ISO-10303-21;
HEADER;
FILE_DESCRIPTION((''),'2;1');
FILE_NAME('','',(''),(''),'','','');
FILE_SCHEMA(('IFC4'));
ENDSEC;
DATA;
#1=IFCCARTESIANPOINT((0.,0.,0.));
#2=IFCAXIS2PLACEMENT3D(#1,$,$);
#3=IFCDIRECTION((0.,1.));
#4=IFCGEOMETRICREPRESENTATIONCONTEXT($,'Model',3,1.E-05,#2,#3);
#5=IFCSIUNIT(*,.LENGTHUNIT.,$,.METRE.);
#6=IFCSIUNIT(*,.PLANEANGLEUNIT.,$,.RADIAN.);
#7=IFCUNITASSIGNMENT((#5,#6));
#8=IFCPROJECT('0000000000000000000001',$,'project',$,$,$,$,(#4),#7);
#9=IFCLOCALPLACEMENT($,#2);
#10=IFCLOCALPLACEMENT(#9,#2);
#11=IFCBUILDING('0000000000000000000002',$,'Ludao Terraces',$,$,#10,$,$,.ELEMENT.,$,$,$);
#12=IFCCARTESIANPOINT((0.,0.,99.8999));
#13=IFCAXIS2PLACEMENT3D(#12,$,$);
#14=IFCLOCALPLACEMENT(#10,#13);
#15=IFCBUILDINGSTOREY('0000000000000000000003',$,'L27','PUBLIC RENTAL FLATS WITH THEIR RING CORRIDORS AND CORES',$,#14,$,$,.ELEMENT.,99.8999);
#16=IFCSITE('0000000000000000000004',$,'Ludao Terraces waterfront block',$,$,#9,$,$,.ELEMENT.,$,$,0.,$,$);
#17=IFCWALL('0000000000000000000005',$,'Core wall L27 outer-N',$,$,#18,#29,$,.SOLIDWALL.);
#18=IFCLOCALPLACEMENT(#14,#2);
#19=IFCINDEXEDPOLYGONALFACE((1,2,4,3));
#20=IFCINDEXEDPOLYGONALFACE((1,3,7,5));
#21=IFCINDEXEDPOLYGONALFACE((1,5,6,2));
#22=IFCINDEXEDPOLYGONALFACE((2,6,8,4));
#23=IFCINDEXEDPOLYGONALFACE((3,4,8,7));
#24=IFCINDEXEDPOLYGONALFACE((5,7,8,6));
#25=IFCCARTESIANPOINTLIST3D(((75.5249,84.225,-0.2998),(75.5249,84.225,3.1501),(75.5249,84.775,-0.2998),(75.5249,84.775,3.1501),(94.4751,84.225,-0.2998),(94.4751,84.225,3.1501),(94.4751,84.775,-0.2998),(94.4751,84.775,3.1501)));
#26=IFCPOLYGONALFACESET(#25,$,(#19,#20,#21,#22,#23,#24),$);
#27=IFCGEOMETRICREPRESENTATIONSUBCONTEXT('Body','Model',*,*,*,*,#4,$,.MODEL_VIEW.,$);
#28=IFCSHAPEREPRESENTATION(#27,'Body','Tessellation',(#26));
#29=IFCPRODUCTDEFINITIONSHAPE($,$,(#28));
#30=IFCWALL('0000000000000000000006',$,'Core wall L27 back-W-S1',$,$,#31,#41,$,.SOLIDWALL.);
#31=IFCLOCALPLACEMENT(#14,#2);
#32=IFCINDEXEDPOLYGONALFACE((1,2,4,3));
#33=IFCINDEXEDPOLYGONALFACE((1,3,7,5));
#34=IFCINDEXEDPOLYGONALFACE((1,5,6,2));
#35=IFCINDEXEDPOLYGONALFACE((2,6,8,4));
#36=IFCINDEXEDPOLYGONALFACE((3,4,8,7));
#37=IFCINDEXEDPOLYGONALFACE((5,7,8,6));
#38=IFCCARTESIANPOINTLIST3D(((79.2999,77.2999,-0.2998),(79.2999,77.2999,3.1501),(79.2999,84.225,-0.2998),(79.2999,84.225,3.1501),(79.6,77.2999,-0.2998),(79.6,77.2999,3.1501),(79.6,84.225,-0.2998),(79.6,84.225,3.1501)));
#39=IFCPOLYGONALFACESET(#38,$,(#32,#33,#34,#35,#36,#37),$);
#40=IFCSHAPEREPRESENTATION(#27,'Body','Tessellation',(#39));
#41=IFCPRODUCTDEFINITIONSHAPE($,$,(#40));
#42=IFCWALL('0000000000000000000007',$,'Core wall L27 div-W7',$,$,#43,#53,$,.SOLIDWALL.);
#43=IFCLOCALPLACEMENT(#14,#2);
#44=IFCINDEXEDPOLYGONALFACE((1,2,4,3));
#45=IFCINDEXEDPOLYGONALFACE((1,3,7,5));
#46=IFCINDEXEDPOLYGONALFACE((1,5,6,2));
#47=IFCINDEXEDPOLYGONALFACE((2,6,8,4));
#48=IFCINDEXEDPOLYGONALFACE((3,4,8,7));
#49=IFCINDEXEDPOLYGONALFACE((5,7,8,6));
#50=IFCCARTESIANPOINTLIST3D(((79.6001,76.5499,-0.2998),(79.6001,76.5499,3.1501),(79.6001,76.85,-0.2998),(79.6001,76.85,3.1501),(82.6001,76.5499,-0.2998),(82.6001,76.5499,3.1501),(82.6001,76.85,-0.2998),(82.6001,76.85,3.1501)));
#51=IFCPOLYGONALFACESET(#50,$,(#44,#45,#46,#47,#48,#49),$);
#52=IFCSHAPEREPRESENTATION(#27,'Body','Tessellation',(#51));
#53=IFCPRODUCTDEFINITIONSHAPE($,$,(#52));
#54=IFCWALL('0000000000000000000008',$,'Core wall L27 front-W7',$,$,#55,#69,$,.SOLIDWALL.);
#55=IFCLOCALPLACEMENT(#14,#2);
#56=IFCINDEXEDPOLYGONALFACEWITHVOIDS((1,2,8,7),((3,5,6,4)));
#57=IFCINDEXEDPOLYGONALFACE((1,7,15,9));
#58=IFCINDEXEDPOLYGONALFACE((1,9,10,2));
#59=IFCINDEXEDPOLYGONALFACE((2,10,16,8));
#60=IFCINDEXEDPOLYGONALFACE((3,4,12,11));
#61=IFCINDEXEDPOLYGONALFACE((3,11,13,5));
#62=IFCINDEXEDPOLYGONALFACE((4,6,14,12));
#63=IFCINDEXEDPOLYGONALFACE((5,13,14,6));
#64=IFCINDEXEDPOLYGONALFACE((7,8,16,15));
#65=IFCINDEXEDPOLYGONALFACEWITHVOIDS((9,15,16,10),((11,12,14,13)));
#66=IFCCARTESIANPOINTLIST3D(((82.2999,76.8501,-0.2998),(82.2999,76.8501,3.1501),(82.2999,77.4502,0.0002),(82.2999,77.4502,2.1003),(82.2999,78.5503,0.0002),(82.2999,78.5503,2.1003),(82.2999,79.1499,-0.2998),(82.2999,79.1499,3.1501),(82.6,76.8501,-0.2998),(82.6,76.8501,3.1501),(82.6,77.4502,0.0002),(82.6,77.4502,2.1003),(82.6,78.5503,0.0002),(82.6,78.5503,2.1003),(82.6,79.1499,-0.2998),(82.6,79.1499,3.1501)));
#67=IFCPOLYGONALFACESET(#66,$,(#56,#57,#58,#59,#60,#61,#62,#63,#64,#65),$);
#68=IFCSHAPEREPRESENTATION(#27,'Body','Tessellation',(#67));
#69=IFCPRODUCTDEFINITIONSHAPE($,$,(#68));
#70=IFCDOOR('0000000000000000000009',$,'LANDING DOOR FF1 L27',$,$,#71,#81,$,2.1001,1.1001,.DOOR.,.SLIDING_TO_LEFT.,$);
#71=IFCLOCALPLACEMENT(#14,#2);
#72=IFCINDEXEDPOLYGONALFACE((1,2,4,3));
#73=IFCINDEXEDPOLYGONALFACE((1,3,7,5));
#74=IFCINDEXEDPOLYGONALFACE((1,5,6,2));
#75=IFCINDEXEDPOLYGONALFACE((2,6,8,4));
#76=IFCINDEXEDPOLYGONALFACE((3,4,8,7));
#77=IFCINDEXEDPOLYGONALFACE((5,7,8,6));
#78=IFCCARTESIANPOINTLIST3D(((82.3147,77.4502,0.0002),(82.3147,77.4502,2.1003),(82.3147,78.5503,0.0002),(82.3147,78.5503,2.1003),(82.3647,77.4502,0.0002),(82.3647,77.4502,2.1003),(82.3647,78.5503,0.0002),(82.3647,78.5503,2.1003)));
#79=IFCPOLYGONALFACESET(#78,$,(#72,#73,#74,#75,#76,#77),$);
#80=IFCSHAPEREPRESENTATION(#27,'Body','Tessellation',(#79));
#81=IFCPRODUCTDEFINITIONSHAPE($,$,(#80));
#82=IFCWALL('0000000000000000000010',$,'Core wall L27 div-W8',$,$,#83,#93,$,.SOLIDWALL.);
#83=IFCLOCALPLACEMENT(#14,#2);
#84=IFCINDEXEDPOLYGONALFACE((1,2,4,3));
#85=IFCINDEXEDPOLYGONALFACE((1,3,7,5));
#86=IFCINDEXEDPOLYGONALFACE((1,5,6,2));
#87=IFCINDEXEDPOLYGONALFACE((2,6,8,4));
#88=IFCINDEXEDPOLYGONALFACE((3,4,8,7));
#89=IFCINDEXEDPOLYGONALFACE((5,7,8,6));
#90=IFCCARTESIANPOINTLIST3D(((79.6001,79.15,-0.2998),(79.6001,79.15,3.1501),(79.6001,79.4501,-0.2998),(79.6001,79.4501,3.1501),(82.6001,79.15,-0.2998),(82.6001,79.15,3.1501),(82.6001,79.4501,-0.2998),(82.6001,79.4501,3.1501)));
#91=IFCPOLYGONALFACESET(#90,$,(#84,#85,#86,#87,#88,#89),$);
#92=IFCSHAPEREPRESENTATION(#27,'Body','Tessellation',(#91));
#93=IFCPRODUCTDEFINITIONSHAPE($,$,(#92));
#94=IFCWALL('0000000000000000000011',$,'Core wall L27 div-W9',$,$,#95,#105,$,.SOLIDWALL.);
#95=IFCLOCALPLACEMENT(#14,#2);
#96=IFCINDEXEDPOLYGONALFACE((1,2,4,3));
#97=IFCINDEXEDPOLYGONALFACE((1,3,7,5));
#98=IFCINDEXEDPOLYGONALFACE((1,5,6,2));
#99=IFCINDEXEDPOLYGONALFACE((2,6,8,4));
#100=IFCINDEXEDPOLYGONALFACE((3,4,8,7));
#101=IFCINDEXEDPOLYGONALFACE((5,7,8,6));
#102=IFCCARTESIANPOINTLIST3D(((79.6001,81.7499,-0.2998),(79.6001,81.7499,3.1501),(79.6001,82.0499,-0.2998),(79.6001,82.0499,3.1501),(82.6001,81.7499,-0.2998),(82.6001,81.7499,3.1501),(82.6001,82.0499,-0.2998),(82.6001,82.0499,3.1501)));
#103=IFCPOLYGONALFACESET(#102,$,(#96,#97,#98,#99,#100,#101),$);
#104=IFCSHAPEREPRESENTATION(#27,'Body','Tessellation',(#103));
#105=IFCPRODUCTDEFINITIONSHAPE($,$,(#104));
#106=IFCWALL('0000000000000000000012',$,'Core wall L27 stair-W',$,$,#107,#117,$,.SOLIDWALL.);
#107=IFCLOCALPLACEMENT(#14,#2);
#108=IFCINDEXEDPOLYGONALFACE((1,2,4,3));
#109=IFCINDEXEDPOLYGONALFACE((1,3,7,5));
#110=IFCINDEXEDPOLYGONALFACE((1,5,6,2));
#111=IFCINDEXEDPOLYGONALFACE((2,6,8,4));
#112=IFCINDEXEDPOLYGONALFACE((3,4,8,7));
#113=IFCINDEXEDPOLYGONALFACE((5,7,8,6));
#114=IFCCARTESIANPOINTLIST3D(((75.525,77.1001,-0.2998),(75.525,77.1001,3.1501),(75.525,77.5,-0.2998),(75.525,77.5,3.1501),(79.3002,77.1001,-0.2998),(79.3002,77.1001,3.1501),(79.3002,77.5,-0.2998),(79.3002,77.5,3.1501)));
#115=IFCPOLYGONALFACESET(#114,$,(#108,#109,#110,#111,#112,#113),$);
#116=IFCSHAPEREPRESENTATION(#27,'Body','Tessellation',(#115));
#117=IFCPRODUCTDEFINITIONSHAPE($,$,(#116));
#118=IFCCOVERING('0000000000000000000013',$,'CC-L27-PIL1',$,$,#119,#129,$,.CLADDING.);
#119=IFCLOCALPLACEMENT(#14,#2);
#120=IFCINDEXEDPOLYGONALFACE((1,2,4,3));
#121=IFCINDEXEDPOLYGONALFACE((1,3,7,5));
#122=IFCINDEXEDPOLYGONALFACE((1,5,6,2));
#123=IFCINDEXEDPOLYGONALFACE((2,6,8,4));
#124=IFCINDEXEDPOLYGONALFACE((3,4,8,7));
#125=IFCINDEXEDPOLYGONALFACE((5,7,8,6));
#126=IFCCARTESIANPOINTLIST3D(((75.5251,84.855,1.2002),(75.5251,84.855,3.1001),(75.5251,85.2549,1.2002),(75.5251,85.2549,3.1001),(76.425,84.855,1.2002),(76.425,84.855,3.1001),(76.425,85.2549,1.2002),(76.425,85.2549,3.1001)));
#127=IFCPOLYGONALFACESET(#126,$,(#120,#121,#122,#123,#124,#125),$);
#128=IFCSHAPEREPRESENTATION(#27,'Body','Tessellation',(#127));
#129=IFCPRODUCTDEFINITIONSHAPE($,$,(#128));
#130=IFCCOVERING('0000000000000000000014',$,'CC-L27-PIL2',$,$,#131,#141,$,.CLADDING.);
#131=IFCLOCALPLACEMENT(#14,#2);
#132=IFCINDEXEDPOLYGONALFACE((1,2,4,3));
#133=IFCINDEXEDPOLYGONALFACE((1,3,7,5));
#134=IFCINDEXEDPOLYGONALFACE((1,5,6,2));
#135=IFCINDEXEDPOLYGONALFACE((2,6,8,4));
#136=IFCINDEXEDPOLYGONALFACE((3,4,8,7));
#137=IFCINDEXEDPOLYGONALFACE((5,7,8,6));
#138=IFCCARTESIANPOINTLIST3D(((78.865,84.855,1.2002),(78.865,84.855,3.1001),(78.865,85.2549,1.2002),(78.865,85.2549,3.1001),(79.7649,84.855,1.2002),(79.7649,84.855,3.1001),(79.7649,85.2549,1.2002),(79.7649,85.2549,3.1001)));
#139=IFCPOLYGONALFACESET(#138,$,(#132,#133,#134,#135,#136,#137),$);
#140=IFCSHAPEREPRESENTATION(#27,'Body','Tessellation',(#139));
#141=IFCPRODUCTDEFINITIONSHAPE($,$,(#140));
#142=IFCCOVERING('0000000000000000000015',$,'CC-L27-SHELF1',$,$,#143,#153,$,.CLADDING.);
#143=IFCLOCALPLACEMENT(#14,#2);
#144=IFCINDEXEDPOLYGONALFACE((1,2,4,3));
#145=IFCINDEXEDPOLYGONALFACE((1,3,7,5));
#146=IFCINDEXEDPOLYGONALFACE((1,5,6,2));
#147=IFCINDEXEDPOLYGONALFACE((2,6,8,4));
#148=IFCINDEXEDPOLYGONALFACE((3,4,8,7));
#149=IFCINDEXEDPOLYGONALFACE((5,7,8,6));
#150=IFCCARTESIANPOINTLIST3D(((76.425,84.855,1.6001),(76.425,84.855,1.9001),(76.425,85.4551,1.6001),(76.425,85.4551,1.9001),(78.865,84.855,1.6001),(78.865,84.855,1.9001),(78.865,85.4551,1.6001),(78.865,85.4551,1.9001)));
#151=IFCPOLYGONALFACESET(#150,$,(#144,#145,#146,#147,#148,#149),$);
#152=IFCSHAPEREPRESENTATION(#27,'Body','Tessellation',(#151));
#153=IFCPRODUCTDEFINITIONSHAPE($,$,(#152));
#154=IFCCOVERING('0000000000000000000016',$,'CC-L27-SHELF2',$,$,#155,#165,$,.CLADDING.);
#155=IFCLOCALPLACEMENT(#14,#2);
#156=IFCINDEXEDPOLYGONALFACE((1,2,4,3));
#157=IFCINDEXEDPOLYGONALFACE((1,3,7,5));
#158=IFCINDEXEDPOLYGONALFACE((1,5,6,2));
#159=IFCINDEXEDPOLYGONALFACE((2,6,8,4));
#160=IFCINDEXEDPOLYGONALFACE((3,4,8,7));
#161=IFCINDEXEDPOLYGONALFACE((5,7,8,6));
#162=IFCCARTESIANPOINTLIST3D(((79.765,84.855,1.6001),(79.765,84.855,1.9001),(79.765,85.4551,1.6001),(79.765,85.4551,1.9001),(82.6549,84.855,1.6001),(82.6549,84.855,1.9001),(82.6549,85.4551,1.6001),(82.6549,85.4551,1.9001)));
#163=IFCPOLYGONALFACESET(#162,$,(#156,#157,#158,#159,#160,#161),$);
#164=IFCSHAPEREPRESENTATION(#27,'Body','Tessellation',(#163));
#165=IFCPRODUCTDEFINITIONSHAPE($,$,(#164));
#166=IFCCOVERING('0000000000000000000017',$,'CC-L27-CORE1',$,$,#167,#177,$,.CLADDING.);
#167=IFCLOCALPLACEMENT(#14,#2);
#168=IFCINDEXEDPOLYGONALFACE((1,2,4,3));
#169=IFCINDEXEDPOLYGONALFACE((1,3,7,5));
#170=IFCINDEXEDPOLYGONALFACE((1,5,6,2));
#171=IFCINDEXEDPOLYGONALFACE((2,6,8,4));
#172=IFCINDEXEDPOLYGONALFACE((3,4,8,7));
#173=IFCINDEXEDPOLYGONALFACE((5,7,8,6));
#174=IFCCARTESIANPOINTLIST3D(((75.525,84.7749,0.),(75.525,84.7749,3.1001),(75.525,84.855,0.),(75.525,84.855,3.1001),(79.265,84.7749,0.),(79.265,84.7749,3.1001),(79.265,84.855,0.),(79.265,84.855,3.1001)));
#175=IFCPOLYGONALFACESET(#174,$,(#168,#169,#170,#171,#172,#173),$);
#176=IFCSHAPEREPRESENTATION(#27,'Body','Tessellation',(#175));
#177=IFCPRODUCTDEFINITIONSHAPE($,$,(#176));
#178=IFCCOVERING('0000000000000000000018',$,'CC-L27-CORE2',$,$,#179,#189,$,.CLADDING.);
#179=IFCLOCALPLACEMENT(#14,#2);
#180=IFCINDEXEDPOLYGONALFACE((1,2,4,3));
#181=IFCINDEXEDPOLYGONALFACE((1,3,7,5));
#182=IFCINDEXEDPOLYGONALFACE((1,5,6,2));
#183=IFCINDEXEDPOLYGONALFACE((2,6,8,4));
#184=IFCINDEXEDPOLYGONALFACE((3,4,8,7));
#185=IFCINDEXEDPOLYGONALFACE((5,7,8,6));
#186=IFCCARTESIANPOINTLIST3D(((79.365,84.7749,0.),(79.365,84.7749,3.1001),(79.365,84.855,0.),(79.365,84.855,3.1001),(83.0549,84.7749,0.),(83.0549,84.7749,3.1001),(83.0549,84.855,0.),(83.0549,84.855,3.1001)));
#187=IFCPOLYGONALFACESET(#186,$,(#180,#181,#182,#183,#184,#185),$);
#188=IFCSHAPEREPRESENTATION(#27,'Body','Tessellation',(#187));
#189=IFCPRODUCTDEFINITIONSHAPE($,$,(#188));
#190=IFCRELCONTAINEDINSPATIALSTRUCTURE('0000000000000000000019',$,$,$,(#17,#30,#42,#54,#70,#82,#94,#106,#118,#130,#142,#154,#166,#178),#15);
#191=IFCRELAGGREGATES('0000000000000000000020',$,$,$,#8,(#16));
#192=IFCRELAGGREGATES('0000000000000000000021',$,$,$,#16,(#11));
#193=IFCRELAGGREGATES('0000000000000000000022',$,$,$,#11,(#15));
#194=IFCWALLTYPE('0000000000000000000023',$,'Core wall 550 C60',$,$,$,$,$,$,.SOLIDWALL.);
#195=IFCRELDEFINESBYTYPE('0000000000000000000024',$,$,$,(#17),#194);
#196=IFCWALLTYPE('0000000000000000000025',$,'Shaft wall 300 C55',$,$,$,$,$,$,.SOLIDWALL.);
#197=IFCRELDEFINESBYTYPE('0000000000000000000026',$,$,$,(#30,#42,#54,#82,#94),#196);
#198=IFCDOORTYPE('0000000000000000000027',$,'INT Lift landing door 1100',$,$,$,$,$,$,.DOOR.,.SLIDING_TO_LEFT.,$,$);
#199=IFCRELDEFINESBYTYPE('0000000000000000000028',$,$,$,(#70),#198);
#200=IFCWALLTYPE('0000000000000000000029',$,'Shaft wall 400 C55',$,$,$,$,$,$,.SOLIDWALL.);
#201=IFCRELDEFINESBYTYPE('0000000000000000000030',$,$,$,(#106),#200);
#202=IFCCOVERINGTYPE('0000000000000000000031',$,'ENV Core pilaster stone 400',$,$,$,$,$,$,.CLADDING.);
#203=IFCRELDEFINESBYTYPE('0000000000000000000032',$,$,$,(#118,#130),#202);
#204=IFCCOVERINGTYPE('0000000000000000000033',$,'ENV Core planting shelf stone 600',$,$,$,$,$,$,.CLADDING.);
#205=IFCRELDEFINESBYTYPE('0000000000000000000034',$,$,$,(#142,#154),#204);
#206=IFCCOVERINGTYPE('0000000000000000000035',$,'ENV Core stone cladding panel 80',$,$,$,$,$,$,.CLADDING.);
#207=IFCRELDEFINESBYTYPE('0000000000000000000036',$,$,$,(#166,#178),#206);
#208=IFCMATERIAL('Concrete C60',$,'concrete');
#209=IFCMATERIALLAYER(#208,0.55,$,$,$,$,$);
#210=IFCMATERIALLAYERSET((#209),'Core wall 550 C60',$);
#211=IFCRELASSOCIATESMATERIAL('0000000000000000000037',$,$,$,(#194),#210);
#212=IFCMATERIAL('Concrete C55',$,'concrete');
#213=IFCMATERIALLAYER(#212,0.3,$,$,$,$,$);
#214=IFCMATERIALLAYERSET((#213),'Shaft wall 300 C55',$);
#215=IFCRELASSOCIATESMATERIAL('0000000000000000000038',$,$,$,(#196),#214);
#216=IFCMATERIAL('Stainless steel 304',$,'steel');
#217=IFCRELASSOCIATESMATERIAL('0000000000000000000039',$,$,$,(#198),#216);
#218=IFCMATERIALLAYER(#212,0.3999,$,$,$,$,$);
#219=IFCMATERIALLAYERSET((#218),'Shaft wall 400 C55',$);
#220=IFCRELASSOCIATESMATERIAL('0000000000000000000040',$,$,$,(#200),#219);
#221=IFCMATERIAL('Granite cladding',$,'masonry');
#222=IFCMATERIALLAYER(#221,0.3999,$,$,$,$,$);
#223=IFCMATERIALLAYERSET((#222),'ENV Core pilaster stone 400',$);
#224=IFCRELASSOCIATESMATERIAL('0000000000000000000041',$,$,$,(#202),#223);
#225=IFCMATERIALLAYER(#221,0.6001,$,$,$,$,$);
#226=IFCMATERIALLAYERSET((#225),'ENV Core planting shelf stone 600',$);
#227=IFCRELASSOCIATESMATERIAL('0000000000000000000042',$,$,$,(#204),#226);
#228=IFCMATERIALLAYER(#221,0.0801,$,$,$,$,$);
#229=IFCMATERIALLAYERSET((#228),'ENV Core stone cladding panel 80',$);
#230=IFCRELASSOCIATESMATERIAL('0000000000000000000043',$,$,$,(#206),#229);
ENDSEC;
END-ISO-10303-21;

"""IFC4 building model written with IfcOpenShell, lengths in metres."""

from ifc_helpers import new_model, si_unit, direction, frame, frame_2d, origin, origin_2d, place, context, subcontext, project, spatial, rectangle, extrude, material, layer, layer_set, type_object, element, fill, save


model = new_model("IFC4")

# Units and contexts
model_context = context("Model", 3, precision=1e-05, world=origin(), true_north=direction((0.0, 1.0)))
body_context = subcontext(model_context, "Body", "Model", "MODEL_VIEW")
ifc_project = project(units=[si_unit("LENGTHUNIT", "METRE"), si_unit("PLANEANGLEUNIT", "RADIAN")], contexts=[model_context])

# Site, building, storey
site_placement = place(None, origin())
site = spatial("IfcSite", under=ifc_project, at=site_placement, Name="Ludao Terraces waterfront block", CompositionType="ELEMENT", RefElevation=0.0)
building_placement = place(site_placement, origin())
building = spatial("IfcBuilding", under=site, at=building_placement, Name="Ludao Terraces", CompositionType="ELEMENT")
storey_placement = place(building_placement, frame((0.0, 0.0, 99.8999)))
storey = spatial("IfcBuildingStorey", under=building, at=storey_placement, Name="L27", Description="PUBLIC RENTAL FLATS WITH THEIR RING CORRIDORS AND CORES", CompositionType="ELEMENT", Elevation=99.8999)

# Walls
ifc_material_1 = material(Name="Concrete C60", Category="concrete")
ifc_layer_1 = layer(ifc_material_1, 0.55)
ifc_layer_set_1 = layer_set([ifc_layer_1], Name="Core wall 550 C60")
wall_type_1 = type_object("IfcWallType", Name="Core wall 550 C60", PredefinedType="SOLIDWALL", material=ifc_layer_set_1)
wall_1_placement = place(storey_placement, frame((75.5249, 84.5, -0.2998), z_axis=(0.0, 0.0, 1.0), x_axis=(1.0, 0.0, 0.0)))
element("IfcWall", 1, at=wall_1_placement, inside=storey, type_object=wall_type_1, Name="Core wall L27 outer-N", PredefinedType="SOLIDWALL", context=body_context, shape_type="SweptSolid", body=[
    extrude(rectangle(XDim=18.9502, YDim=0.55, at=frame_2d((9.4751, 0.0))), origin(), (0.0, 0.0, 1.0), 3.45),
])
ifc_material_2 = material(Name="Concrete C55", Category="concrete")
ifc_layer_2 = layer(ifc_material_2, 0.3)
ifc_layer_set_2 = layer_set([ifc_layer_2], Name="Shaft wall 300 C55")
wall_type_2 = type_object("IfcWallType", Name="Shaft wall 300 C55", PredefinedType="SOLIDWALL", material=ifc_layer_set_2)
wall_2_placement = place(storey_placement, frame((79.45, 77.3, -0.2998), z_axis=(0.0, 0.0, 1.0), x_axis=(0.0, 1.0, 0.0)))
element("IfcWall", 2, at=wall_2_placement, inside=storey, type_object=wall_type_2, Name="Core wall L27 back-W-S1", PredefinedType="SOLIDWALL", context=body_context, shape_type="SweptSolid", body=[
    extrude(rectangle(XDim=6.925, YDim=0.3, at=frame_2d((3.4624, 0.0))), origin(), (0.0, 0.0, 1.0), 3.45),
])
wall_3_placement = place(storey_placement, frame((79.6001, 76.7, -0.2998), z_axis=(0.0, 0.0, 1.0), x_axis=(1.0, 0.0, 0.0)))
element("IfcWall", 3, at=wall_3_placement, inside=storey, type_object=wall_type_2, Name="Core wall L27 div-W7", PredefinedType="SOLIDWALL", context=body_context, shape_type="SweptSolid", body=[
    extrude(rectangle(XDim=3.0, YDim=0.3, at=frame_2d((1.5, 0.0))), origin(), (0.0, 0.0, 1.0), 3.45),
])

# Wall, opening, door
wall_4_placement = place(storey_placement, frame((82.45, 76.8501, -0.2998), z_axis=(0.0, 0.0, 1.0), x_axis=(0.0, 1.0, 0.0)))
wall_4 = element("IfcWall", 4, at=wall_4_placement, inside=storey, type_object=wall_type_2, Name="Core wall L27 front-W7", PredefinedType="SOLIDWALL", context=body_context, shape_type="SweptSolid", body=[
    extrude(rectangle(XDim=2.2998, YDim=0.3, at=frame_2d((1.1499, 0.0))), origin(), (0.0, 0.0, 1.0), 3.45),
])
opening_placement = place(wall_4_placement, frame((0.6001, 0.0, 0.3)))
opening = element("IfcOpeningElement", 5, at=opening_placement, cuts=wall_4, PredefinedType="OPENING", context=body_context, shape_type="SweptSolid", body=[
    extrude(rectangle(XDim=1.1001, YDim=2.1001, at=frame_2d((0.55, 1.05))), frame((0.0, 0.1602, 0.0), z_axis=(0.0, -1.0, 0.0), x_axis=(1.0, 0.0, 0.0)), (0.0, 0.0, 1.0), 0.3201),
])
ifc_material_3 = material(Name="Stainless steel 304", Category="steel")
door_type = type_object("IfcDoorType", Name="INT Lift landing door 1100", OperationType="SLIDING_TO_LEFT", PredefinedType="DOOR", material=ifc_material_3)
door_placement = place(opening_placement, origin())
door = element("IfcDoor", 6, at=door_placement, inside=storey, type_object=door_type, Name="LANDING DOOR FF1 L27", OperationType="SLIDING_TO_LEFT", OverallHeight=2.1001, OverallWidth=1.1001, PredefinedType="DOOR", context=body_context, shape_type="SweptSolid", body=[
    extrude(rectangle(XDim=1.1001, YDim=2.1001, at=frame_2d((0.55, 1.05))), frame((0.0, 0.1353, 0.0), z_axis=(0.0, -1.0, 0.0), x_axis=(1.0, 0.0, 0.0)), (0.0, 0.0, 1.0), 0.05),
])
fill(opening, door)

# Walls
for number, where, z_axis, x_axis, name in (
    (7, (79.6001, 79.3, -0.2998), (0.0, 0.0, 1.0), (1.0, 0.0, 0.0), "Core wall L27 div-W8"),
    (8, (79.6001, 81.8999, -0.2998), (0.0, 0.0, 1.0), (1.0, 0.0, 0.0), "Core wall L27 div-W9"),
):
    element("IfcWall", number, at=place(storey_placement, frame(where, z_axis=z_axis, x_axis=x_axis)), inside=storey, type_object=wall_type_2, Name=name, PredefinedType="SOLIDWALL", context=body_context, shape_type="SweptSolid", body=[
        extrude(rectangle(XDim=3.0, YDim=0.3, at=frame_2d((1.5, 0.0))), origin(), (0.0, 0.0, 1.0), 3.45),
    ])
ifc_layer_3 = layer(ifc_material_2, 0.3999)
ifc_layer_set_3 = layer_set([ifc_layer_3], Name="Shaft wall 400 C55")
wall_type_3 = type_object("IfcWallType", Name="Shaft wall 400 C55", PredefinedType="SOLIDWALL", material=ifc_layer_set_3)
wall_5_placement = place(storey_placement, frame((75.5249, 77.3, -0.2998), z_axis=(0.0, 0.0, 1.0), x_axis=(1.0, 0.0, 0.0)))
element("IfcWall", 9, at=wall_5_placement, inside=storey, type_object=wall_type_3, Name="Core wall L27 stair-W", PredefinedType="SOLIDWALL", context=body_context, shape_type="SweptSolid", body=[
    extrude(rectangle(XDim=3.7751, YDim=0.3999, at=frame_2d((1.8877, 0.0))), origin(), (0.0, 0.0, 1.0), 3.45),
])

# Coverings
ifc_material_4 = material(Name="Granite cladding", Category="masonry")
ifc_layer_4 = layer(ifc_material_4, 0.3999)
ifc_layer_set_4 = layer_set([ifc_layer_4], Name="ENV Core pilaster stone 400")
covering_type_1 = type_object("IfcCoveringType", Name="ENV Core pilaster stone 400", PredefinedType="CLADDING", material=ifc_layer_set_4)
for number, where, z_axis, x_axis, name in (
    (10, (75.9751, 85.0549, 1.2002), (0.0, 0.0, 1.0), (1.0, 0.0, 0.0), "CC-L27-PIL1"),
    (11, (79.3149, 85.0549, 1.2002), (0.0, 0.0, 1.0), (1.0, 0.0, 0.0), "CC-L27-PIL2"),
):
    element("IfcCovering", number, at=place(storey_placement, frame(where, z_axis=z_axis, x_axis=x_axis)), inside=storey, type_object=covering_type_1, Name=name, PredefinedType="CLADDING", context=body_context, shape_type="SweptSolid", body=[
        extrude(rectangle(XDim=0.8999, YDim=0.3999, at=origin_2d()), origin(), (0.0, 0.0, 1.0), 1.8999),
    ])
ifc_layer_5 = layer(ifc_material_4, 0.6001)
ifc_layer_set_5 = layer_set([ifc_layer_5], Name="ENV Core planting shelf stone 600")
covering_type_2 = type_object("IfcCoveringType", Name="ENV Core planting shelf stone 600", PredefinedType="CLADDING", material=ifc_layer_set_5)
covering_1_placement = place(storey_placement, frame((77.645, 85.155, 1.6001), z_axis=(0.0, 0.0, 1.0), x_axis=(1.0, 0.0, 0.0)))
element("IfcCovering", 12, at=covering_1_placement, inside=storey, type_object=covering_type_2, Name="CC-L27-SHELF1", PredefinedType="CLADDING", context=body_context, shape_type="SweptSolid", body=[
    extrude(rectangle(XDim=2.4399, YDim=0.6001, at=origin_2d()), origin(), (0.0, 0.0, 1.0), 0.3),
])
covering_2_placement = place(storey_placement, frame((81.21, 85.155, 1.6001), z_axis=(0.0, 0.0, 1.0), x_axis=(1.0, 0.0, 0.0)))
element("IfcCovering", 13, at=covering_2_placement, inside=storey, type_object=covering_type_2, Name="CC-L27-SHELF2", PredefinedType="CLADDING", context=body_context, shape_type="SweptSolid", body=[
    extrude(rectangle(XDim=2.8899, YDim=0.6001, at=origin_2d()), origin(), (0.0, 0.0, 1.0), 0.3),
])
ifc_layer_6 = layer(ifc_material_4, 0.0801)
ifc_layer_set_6 = layer_set([ifc_layer_6], Name="ENV Core stone cladding panel 80")
covering_type_3 = type_object("IfcCoveringType", Name="ENV Core stone cladding panel 80", PredefinedType="CLADDING", material=ifc_layer_set_6)
covering_3_placement = place(storey_placement, frame((77.395, 84.8149, 0.0), z_axis=(0.0, 0.0, 1.0), x_axis=(1.0, 0.0, 0.0)))
element("IfcCovering", 14, at=covering_3_placement, inside=storey, type_object=covering_type_3, Name="CC-L27-CORE1", PredefinedType="CLADDING", context=body_context, shape_type="SweptSolid", body=[
    extrude(rectangle(XDim=3.74, YDim=0.0801, at=origin_2d()), origin(), (0.0, 0.0, 1.0), 3.1001),
])
covering_4_placement = place(storey_placement, frame((81.21, 84.8149, 0.0), z_axis=(0.0, 0.0, 1.0), x_axis=(1.0, 0.0, 0.0)))
element("IfcCovering", 15, at=covering_4_placement, inside=storey, type_object=covering_type_3, Name="CC-L27-CORE2", PredefinedType="CLADDING", context=body_context, shape_type="SweptSolid", body=[
    extrude(rectangle(XDim=3.6899, YDim=0.0801, at=origin_2d()), origin(), (0.0, 0.0, 1.0), 3.1001),
])

save(model, "model.ifc")
